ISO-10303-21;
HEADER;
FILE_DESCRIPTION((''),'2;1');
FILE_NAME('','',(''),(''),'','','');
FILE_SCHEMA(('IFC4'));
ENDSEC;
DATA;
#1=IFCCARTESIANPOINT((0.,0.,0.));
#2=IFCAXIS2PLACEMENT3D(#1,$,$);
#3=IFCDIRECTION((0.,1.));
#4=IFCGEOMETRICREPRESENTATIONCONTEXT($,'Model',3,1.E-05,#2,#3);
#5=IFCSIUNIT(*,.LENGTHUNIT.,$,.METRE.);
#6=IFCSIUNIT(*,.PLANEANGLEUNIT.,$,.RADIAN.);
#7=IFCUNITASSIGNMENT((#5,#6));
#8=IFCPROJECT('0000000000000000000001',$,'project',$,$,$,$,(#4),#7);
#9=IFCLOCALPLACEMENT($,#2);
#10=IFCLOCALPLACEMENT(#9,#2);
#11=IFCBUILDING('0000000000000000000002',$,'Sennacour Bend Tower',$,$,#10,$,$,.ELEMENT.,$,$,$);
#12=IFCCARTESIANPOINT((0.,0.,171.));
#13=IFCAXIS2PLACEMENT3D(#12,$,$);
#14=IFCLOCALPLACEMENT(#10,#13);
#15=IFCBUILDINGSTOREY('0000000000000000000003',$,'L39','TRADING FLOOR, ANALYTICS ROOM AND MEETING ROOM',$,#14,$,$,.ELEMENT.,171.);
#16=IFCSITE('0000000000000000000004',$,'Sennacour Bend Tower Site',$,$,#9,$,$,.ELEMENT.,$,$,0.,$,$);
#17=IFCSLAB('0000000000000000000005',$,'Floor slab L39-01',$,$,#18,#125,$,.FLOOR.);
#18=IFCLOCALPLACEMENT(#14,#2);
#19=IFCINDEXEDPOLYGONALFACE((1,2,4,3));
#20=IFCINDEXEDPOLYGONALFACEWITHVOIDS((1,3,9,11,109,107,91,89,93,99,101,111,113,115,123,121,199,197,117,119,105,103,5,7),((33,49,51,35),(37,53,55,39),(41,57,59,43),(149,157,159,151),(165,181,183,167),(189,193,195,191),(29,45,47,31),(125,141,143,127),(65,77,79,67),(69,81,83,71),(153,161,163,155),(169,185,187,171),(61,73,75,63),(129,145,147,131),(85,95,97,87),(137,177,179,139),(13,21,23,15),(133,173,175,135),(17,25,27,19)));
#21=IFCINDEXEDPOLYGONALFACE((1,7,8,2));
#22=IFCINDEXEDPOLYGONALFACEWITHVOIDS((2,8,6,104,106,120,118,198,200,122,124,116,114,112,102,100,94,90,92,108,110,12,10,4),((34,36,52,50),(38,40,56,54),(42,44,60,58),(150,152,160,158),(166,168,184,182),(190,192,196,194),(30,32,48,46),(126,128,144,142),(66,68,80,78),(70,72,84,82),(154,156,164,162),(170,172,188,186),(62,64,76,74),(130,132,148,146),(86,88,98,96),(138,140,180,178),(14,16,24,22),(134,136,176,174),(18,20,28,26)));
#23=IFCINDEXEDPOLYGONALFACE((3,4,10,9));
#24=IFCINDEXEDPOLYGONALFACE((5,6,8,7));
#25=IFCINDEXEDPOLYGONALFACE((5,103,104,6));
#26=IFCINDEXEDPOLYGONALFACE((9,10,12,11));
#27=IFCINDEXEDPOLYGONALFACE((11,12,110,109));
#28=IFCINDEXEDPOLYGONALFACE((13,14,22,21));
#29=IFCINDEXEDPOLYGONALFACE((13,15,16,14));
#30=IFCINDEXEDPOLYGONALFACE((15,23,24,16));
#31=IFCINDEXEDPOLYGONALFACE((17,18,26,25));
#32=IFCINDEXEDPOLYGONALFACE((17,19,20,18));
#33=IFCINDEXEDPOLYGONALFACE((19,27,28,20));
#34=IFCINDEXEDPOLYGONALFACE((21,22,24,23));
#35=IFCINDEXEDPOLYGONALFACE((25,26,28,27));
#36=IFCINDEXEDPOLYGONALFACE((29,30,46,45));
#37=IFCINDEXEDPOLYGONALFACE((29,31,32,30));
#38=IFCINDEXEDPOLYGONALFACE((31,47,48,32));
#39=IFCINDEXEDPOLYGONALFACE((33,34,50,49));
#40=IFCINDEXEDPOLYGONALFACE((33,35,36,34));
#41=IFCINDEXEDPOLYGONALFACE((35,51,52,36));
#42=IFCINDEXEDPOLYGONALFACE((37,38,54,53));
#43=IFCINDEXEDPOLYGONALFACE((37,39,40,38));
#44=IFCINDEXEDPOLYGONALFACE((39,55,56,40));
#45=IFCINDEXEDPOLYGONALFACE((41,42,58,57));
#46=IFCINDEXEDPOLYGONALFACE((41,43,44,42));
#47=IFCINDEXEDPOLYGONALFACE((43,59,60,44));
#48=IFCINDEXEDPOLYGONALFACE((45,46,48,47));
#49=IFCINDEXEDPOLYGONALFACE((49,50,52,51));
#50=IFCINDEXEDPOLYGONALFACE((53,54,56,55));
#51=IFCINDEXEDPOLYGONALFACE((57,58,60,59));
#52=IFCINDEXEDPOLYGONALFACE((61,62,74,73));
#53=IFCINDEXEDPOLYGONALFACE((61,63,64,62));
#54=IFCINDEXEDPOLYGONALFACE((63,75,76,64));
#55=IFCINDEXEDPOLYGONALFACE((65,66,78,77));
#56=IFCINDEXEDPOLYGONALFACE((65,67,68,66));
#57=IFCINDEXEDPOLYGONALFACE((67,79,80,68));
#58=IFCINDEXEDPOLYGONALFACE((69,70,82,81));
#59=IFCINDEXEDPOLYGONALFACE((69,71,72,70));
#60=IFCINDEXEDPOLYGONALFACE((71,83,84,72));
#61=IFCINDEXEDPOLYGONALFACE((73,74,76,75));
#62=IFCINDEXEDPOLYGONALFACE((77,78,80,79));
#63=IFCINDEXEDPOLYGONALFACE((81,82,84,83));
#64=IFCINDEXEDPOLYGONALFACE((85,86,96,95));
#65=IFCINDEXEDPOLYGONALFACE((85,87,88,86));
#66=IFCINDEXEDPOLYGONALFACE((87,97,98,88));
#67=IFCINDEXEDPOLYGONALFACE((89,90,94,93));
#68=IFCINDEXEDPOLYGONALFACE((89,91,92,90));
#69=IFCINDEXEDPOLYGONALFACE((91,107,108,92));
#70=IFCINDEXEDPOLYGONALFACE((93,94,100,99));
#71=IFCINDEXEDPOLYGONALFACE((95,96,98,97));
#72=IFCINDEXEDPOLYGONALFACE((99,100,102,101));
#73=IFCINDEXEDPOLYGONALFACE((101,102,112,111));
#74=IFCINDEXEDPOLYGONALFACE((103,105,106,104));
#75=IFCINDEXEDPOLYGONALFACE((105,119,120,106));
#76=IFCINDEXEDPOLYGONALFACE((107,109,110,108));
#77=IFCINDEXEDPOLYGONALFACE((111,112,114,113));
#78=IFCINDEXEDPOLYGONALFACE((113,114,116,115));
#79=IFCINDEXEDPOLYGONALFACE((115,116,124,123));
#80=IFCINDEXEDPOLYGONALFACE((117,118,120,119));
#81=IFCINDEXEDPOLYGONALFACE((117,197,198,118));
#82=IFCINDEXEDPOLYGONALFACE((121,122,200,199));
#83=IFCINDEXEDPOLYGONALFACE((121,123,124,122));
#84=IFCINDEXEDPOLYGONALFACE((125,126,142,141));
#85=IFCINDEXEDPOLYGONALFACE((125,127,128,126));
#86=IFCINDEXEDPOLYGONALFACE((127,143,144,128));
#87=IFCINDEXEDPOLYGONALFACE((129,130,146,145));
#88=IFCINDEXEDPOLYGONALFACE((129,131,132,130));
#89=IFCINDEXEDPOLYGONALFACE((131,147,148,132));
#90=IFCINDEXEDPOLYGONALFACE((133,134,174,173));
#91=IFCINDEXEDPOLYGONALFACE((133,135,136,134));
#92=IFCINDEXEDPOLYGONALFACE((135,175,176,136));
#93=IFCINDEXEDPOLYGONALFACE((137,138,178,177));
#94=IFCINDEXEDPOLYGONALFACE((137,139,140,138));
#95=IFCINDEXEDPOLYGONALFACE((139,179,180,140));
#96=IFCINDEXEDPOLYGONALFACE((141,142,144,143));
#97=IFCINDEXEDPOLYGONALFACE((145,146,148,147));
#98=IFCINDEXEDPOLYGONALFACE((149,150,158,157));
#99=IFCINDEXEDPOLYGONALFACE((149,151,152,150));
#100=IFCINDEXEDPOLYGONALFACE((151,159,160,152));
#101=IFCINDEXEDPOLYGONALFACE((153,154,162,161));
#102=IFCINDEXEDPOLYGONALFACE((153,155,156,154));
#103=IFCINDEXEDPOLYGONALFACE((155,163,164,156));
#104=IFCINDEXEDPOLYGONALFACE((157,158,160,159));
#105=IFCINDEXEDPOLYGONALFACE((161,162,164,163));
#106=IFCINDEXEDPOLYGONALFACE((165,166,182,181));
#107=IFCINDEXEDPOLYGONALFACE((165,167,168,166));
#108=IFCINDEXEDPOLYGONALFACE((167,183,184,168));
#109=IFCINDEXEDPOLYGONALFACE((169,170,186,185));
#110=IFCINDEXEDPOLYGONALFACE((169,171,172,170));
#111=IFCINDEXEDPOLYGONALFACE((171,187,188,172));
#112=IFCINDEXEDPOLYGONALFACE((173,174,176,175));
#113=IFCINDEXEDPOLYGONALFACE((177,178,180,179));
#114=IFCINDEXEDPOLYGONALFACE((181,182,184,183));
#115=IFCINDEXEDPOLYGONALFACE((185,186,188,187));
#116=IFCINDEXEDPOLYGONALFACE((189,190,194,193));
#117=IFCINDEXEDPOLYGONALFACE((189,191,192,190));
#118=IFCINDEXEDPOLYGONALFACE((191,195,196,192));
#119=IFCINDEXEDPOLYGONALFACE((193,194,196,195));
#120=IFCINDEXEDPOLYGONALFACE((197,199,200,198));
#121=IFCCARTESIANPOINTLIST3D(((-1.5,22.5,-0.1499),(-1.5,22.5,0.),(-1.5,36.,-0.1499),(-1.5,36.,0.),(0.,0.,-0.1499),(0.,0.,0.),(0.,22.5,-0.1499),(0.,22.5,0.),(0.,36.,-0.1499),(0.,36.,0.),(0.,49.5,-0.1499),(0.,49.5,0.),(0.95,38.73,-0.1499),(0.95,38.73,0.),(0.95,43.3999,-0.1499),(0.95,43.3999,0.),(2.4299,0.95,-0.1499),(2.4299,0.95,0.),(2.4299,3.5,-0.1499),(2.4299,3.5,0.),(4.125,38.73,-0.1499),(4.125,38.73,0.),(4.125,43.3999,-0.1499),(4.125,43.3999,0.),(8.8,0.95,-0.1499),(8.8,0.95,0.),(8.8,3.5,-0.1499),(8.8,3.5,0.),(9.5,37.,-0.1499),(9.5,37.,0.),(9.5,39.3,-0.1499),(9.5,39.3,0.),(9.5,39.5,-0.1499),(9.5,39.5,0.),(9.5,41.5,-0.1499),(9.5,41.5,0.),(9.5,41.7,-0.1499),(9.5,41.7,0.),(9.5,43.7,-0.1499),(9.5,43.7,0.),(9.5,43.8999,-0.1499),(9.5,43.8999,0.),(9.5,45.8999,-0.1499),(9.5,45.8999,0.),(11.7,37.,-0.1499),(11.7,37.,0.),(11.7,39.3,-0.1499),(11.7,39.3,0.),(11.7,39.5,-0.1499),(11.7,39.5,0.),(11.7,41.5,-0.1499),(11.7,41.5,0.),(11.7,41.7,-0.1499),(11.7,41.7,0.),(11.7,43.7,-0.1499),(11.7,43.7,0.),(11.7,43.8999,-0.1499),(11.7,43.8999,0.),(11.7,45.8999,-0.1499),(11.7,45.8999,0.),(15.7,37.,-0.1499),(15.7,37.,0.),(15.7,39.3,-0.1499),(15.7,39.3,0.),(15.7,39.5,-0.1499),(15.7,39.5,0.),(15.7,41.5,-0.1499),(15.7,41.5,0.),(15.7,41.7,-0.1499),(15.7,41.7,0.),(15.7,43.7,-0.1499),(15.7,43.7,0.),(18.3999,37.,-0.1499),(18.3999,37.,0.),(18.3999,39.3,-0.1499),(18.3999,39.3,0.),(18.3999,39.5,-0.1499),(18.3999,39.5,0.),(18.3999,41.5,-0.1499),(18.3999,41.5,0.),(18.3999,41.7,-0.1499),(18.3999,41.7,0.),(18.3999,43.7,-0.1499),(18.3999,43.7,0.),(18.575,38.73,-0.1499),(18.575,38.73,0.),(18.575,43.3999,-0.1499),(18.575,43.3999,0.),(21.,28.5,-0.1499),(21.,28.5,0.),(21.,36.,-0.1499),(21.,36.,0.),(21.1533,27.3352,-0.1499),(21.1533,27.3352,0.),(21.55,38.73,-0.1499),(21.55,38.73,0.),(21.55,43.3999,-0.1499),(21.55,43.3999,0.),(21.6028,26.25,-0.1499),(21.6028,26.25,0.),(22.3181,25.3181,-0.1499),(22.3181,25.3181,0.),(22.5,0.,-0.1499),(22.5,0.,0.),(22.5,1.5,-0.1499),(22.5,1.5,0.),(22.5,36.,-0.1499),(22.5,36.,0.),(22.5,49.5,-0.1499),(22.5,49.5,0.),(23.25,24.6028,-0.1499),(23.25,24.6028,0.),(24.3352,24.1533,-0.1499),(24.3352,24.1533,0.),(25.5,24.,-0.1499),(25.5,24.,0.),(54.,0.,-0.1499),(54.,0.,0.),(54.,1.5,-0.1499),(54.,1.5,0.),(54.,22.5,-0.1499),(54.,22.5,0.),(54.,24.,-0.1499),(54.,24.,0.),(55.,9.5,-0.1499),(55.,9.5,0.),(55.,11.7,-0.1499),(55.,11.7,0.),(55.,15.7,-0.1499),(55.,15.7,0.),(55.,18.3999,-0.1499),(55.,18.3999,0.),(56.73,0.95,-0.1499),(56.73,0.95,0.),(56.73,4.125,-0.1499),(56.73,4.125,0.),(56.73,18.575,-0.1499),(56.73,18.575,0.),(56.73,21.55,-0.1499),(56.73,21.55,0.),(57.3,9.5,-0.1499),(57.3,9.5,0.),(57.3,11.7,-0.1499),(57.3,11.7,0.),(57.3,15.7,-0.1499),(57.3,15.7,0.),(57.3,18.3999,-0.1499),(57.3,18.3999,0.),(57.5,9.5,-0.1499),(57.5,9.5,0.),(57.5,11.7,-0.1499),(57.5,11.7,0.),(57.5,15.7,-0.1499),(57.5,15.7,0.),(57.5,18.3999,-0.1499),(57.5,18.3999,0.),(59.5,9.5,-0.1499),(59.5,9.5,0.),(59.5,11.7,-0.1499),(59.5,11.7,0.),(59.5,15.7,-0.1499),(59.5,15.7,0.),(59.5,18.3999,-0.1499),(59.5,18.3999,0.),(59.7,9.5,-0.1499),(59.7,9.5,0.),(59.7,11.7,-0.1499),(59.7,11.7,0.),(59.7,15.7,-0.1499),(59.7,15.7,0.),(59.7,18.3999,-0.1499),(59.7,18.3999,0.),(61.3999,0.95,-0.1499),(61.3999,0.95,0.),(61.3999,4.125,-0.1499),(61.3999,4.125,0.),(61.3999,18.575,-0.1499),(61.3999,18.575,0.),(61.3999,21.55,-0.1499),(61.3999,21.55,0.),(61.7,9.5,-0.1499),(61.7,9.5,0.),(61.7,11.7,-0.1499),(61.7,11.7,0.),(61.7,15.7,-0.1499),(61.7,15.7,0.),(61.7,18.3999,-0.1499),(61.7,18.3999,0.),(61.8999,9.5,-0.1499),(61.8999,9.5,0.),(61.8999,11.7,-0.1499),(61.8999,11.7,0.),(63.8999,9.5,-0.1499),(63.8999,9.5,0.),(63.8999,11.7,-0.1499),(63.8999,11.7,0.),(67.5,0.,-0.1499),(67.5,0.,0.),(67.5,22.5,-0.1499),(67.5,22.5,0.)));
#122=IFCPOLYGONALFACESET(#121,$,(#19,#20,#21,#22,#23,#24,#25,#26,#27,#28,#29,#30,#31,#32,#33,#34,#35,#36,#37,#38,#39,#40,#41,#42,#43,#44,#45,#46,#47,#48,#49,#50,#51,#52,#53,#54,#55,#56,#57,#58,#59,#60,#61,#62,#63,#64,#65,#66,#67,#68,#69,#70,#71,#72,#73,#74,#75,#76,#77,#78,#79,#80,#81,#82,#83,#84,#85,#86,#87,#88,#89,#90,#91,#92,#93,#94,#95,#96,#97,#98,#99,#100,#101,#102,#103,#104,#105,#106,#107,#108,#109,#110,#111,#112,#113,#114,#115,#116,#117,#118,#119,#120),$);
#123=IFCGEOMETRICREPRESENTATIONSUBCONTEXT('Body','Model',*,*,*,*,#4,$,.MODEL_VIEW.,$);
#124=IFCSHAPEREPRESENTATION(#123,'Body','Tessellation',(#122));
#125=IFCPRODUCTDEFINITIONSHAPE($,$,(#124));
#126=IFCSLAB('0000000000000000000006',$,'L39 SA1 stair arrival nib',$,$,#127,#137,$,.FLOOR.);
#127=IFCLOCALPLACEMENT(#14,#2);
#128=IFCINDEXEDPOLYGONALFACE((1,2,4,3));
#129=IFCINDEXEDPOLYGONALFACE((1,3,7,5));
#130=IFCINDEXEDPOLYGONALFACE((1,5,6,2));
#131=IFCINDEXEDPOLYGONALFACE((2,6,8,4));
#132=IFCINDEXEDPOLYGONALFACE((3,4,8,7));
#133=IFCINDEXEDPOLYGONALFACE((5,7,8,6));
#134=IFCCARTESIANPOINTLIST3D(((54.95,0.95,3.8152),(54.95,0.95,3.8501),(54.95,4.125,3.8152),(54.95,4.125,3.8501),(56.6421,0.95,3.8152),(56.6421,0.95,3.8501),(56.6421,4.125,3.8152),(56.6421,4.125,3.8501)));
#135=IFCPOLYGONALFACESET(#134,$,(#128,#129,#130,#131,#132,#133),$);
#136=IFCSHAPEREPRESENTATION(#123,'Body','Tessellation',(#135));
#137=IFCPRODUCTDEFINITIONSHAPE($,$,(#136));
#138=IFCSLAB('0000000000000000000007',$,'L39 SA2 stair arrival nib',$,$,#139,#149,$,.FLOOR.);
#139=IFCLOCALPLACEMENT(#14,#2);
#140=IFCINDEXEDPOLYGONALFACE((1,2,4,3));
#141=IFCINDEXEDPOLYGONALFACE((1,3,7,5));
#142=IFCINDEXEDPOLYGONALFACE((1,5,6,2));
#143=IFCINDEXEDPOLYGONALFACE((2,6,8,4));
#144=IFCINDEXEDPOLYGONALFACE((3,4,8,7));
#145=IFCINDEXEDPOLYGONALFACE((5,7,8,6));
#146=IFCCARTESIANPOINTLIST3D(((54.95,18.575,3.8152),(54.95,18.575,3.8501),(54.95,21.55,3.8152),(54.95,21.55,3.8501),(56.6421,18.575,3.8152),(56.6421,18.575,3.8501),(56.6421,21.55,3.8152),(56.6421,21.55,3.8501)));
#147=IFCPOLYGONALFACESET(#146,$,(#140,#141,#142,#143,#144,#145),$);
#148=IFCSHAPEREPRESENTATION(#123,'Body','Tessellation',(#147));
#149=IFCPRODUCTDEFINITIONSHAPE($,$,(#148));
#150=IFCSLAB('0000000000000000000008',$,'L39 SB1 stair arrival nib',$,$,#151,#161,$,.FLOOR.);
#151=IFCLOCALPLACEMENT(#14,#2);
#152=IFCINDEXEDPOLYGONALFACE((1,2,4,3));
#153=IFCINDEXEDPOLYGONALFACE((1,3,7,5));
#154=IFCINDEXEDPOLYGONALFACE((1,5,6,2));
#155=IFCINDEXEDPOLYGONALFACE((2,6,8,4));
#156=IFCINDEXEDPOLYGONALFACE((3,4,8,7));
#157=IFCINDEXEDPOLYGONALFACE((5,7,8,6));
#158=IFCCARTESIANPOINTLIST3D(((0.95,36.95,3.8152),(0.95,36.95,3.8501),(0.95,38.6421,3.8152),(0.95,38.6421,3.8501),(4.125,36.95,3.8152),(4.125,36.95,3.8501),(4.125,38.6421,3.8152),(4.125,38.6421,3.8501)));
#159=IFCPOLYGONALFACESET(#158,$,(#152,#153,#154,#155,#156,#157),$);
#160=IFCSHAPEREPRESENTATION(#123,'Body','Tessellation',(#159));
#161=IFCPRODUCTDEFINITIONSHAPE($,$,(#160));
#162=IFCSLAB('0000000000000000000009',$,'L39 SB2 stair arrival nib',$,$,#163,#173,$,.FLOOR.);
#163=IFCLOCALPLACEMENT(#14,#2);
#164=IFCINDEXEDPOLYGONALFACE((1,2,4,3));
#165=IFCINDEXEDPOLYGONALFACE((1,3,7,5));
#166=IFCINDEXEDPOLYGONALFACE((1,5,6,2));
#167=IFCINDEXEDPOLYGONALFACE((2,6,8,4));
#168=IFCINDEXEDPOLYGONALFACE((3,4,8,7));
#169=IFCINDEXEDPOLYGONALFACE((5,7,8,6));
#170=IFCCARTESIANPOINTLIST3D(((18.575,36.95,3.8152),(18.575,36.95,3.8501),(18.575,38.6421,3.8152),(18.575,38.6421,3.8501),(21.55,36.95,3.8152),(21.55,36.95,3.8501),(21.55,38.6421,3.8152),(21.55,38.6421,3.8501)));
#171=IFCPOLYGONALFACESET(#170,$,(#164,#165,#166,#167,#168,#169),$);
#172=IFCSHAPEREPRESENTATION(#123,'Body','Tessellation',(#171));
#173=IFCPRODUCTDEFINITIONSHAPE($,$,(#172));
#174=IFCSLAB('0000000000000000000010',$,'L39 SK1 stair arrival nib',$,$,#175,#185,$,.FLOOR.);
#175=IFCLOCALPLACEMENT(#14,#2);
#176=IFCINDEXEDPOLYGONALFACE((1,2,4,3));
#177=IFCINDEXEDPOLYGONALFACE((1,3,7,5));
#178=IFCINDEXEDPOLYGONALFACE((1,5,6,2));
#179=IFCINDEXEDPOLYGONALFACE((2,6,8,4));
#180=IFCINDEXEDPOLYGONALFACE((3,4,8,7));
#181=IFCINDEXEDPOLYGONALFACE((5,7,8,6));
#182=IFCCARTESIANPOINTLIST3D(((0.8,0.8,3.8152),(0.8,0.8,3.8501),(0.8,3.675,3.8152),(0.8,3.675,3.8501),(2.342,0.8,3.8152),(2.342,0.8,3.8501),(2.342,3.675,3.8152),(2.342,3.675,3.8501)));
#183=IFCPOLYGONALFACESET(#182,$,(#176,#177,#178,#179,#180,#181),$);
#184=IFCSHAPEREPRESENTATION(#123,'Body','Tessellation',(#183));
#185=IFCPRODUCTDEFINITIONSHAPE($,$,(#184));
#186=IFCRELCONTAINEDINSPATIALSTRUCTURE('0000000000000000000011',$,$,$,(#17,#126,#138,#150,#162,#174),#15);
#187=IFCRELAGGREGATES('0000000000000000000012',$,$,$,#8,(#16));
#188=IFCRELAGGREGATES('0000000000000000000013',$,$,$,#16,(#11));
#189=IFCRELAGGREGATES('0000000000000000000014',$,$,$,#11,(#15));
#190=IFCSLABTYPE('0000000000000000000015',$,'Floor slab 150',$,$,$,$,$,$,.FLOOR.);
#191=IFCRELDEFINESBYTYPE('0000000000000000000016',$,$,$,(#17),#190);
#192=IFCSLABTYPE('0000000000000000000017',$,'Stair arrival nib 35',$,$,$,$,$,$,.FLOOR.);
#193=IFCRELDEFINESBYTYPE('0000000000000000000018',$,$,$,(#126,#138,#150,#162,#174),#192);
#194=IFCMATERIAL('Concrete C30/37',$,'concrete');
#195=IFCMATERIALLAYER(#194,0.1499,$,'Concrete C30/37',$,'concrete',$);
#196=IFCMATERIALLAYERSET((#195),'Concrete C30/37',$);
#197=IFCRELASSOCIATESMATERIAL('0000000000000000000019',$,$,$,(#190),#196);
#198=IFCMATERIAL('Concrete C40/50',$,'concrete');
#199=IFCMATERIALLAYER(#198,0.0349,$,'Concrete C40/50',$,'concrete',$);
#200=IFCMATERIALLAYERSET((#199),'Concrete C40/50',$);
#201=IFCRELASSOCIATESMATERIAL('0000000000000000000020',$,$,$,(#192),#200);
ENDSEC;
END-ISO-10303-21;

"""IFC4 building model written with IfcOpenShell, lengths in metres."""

from ifc_helpers import new_model, si_unit, direction, frame, origin, place, context, subcontext, project, spatial, polyline, outline, extrude, material, layer, layer_set, type_object, element, save


model = new_model("IFC4")

# Units and contexts
model_context = context("Model", 3, precision=1e-05, world=origin(), true_north=direction((0.0, 1.0)))
body_context = subcontext(model_context, "Body", "Model", "MODEL_VIEW")
ifc_project = project(units=[si_unit("LENGTHUNIT", "METRE"), si_unit("PLANEANGLEUNIT", "RADIAN")], contexts=[model_context])

# Site, building, storey
site_placement = place(None, origin())
site = spatial("IfcSite", under=ifc_project, at=site_placement, Name="Sennacour Bend Tower Site", CompositionType="ELEMENT", RefElevation=0.0)
building_placement = place(site_placement, origin())
building = spatial("IfcBuilding", under=site, at=building_placement, Name="Sennacour Bend Tower", CompositionType="ELEMENT")
storey_placement = place(building_placement, frame((0.0, 0.0, 171.0)))
storey = spatial("IfcBuildingStorey", under=building, at=storey_placement, Name="L39", Description="TRADING FLOOR, ANALYTICS ROOM AND MEETING ROOM", CompositionType="ELEMENT", Elevation=171.0)

# Slabs
ifc_material_1 = material(Name="Concrete C30/37", Category="concrete")
ifc_layer_1 = layer(ifc_material_1, 0.1499, Name="Concrete C30/37", Category="concrete")
ifc_layer_set_1 = layer_set([ifc_layer_1], Name="Concrete C30/37")
slab_type_1 = type_object("IfcSlabType", Name="Floor slab 150", PredefinedType="FLOOR", material=ifc_layer_set_1)
slab_1_placement = place(storey_placement, frame((0.0, 0.0, -0.1499)))
element("IfcSlab", 1, at=slab_1_placement, inside=storey, type_object=slab_type_1, Name="Floor slab L39-01", PredefinedType="FLOOR", context=body_context, shape_type="SweptSolid", body=[
    extrude(outline(polyline([(0.0, 22.5), (-1.5, 22.5), (-1.5, 36.0), (0.0, 36.0), (0.0, 49.5), (22.5, 49.5), (22.5, 36.0), (21.0, 36.0), (21.0, 28.5), (21.1533, 27.3352), (21.6028, 26.25), (22.3181, 25.3181), (23.25, 24.6028), (24.3352, 24.1533), (25.5, 24.0), (54.0, 24.0), (54.0, 22.5), (67.5, 22.5), (67.5, 0.0), (54.0, 0.0), (54.0, 1.5), (22.5, 1.5), (22.5, 0.0), (0.0, 0.0), (0.0, 22.5)]), holes=[polyline([(8.8, 0.95), (8.8, 3.5), (2.4299, 3.5), (2.4299, 0.95), (8.8, 0.95)]), polyline([(11.7, 37.0), (11.7, 39.3), (9.5, 39.3), (9.5, 37.0), (11.7, 37.0)]), polyline([(18.3999, 37.0), (18.3999, 39.3), (15.7, 39.3), (15.7, 37.0), (18.3999, 37.0)]), polyline([(11.7, 39.5), (11.7, 41.5), (9.5, 41.5), (9.5, 39.5), (11.7, 39.5)]), polyline([(18.3999, 39.5), (18.3999, 41.5), (15.7, 41.5), (15.7, 39.5), (18.3999, 39.5)]), polyline([(4.125, 38.73), (4.125, 43.3999), (0.95, 43.3999), (0.95, 38.73), (4.125, 38.73)]), polyline([(21.55, 38.73), (21.55, 43.3999), (18.575, 43.3999), (18.575, 38.73), (21.55, 38.73)]), polyline([(9.5, 41.7), (11.7, 41.7), (11.7, 43.7), (9.5, 43.7), (9.5, 41.7)]), polyline([(15.7, 41.7), (18.3999, 41.7), (18.3999, 43.7), (15.7, 43.7), (15.7, 41.7)]), polyline([(11.7, 43.8999), (11.7, 45.8999), (9.5, 45.8999), (9.5, 43.8999), (11.7, 43.8999)]), polyline([(61.3999, 0.95), (61.3999, 4.125), (56.73, 4.125), (56.73, 0.95), (61.3999, 0.95)]), polyline([(57.3, 9.5), (57.3, 11.7), (55.0, 11.7), (55.0, 9.5), (57.3, 9.5)]), polyline([(57.5, 9.5), (59.5, 9.5), (59.5, 11.7), (57.5, 11.7), (57.5, 9.5)]), polyline([(59.7, 9.5), (61.7, 9.5), (61.7, 11.7), (59.7, 11.7), (59.7, 9.5)]), polyline([(63.8999, 9.5), (63.8999, 11.7), (61.8999, 11.7), (61.8999, 9.5), (63.8999, 9.5)]), polyline([(57.3, 15.7), (57.3, 18.3999), (55.0, 18.3999), (55.0, 15.7), (57.3, 15.7)]), polyline([(59.5, 15.7), (59.5, 18.3999), (57.5, 18.3999), (57.5, 15.7), (59.5, 15.7)]), polyline([(59.7, 15.7), (61.7, 15.7), (61.7, 18.3999), (59.7, 18.3999), (59.7, 15.7)]), polyline([(56.73, 18.575), (61.3999, 18.575), (61.3999, 21.55), (56.73, 21.55), (56.73, 18.575)])]), origin(), (0.0, 0.0, 1.0), 0.1499),
])
ifc_material_2 = material(Name="Concrete C40/50", Category="concrete")
ifc_layer_2 = layer(ifc_material_2, 0.0349, Name="Concrete C40/50", Category="concrete")
ifc_layer_set_2 = layer_set([ifc_layer_2], Name="Concrete C40/50")
slab_type_2 = type_object("IfcSlabType", Name="Stair arrival nib 35", PredefinedType="FLOOR", material=ifc_layer_set_2)
slab_2_placement = place(storey_placement, frame((0.0, 0.0, 3.8152)))
element("IfcSlab", 2, at=slab_2_placement, inside=storey, type_object=slab_type_2, Name="L39 SA1 stair arrival nib", PredefinedType="FLOOR", context=body_context, shape_type="SweptSolid", body=[
    extrude(outline(polyline([(56.6421, 4.125), (54.95, 4.125), (54.95, 0.95), (56.6421, 0.95), (56.6421, 4.125)])), origin(), (0.0, 0.0, 1.0), 0.0349),
])
slab_3_placement = place(storey_placement, frame((0.0, 0.0, 3.8152)))
element("IfcSlab", 3, at=slab_3_placement, inside=storey, type_object=slab_type_2, Name="L39 SA2 stair arrival nib", PredefinedType="FLOOR", context=body_context, shape_type="SweptSolid", body=[
    extrude(outline(polyline([(56.6421, 21.55), (54.95, 21.55), (54.95, 18.575), (56.6421, 18.575), (56.6421, 21.55)])), origin(), (0.0, 0.0, 1.0), 0.0349),
])
slab_4_placement = place(storey_placement, frame((0.0, 0.0, 3.8152)))
element("IfcSlab", 4, at=slab_4_placement, inside=storey, type_object=slab_type_2, Name="L39 SB1 stair arrival nib", PredefinedType="FLOOR", context=body_context, shape_type="SweptSolid", body=[
    extrude(outline(polyline([(0.95, 38.6421), (0.95, 36.95), (4.125, 36.95), (4.125, 38.6421), (0.95, 38.6421)])), origin(), (0.0, 0.0, 1.0), 0.0349),
])
slab_5_placement = place(storey_placement, frame((0.0, 0.0, 3.8152)))
element("IfcSlab", 5, at=slab_5_placement, inside=storey, type_object=slab_type_2, Name="L39 SB2 stair arrival nib", PredefinedType="FLOOR", context=body_context, shape_type="SweptSolid", body=[
    extrude(outline(polyline([(18.575, 38.6421), (18.575, 36.95), (21.55, 36.95), (21.55, 38.6421), (18.575, 38.6421)])), origin(), (0.0, 0.0, 1.0), 0.0349),
])
slab_6_placement = place(storey_placement, frame((0.0, 0.0, 3.8152)))
element("IfcSlab", 6, at=slab_6_placement, inside=storey, type_object=slab_type_2, Name="L39 SK1 stair arrival nib", PredefinedType="FLOOR", context=body_context, shape_type="SweptSolid", body=[
    extrude(outline(polyline([(2.342, 3.675), (0.8, 3.675), (0.8, 0.8), (2.342, 0.8), (2.342, 3.675)])), origin(), (0.0, 0.0, 1.0), 0.0349),
])

save(model, "model.ifc")
